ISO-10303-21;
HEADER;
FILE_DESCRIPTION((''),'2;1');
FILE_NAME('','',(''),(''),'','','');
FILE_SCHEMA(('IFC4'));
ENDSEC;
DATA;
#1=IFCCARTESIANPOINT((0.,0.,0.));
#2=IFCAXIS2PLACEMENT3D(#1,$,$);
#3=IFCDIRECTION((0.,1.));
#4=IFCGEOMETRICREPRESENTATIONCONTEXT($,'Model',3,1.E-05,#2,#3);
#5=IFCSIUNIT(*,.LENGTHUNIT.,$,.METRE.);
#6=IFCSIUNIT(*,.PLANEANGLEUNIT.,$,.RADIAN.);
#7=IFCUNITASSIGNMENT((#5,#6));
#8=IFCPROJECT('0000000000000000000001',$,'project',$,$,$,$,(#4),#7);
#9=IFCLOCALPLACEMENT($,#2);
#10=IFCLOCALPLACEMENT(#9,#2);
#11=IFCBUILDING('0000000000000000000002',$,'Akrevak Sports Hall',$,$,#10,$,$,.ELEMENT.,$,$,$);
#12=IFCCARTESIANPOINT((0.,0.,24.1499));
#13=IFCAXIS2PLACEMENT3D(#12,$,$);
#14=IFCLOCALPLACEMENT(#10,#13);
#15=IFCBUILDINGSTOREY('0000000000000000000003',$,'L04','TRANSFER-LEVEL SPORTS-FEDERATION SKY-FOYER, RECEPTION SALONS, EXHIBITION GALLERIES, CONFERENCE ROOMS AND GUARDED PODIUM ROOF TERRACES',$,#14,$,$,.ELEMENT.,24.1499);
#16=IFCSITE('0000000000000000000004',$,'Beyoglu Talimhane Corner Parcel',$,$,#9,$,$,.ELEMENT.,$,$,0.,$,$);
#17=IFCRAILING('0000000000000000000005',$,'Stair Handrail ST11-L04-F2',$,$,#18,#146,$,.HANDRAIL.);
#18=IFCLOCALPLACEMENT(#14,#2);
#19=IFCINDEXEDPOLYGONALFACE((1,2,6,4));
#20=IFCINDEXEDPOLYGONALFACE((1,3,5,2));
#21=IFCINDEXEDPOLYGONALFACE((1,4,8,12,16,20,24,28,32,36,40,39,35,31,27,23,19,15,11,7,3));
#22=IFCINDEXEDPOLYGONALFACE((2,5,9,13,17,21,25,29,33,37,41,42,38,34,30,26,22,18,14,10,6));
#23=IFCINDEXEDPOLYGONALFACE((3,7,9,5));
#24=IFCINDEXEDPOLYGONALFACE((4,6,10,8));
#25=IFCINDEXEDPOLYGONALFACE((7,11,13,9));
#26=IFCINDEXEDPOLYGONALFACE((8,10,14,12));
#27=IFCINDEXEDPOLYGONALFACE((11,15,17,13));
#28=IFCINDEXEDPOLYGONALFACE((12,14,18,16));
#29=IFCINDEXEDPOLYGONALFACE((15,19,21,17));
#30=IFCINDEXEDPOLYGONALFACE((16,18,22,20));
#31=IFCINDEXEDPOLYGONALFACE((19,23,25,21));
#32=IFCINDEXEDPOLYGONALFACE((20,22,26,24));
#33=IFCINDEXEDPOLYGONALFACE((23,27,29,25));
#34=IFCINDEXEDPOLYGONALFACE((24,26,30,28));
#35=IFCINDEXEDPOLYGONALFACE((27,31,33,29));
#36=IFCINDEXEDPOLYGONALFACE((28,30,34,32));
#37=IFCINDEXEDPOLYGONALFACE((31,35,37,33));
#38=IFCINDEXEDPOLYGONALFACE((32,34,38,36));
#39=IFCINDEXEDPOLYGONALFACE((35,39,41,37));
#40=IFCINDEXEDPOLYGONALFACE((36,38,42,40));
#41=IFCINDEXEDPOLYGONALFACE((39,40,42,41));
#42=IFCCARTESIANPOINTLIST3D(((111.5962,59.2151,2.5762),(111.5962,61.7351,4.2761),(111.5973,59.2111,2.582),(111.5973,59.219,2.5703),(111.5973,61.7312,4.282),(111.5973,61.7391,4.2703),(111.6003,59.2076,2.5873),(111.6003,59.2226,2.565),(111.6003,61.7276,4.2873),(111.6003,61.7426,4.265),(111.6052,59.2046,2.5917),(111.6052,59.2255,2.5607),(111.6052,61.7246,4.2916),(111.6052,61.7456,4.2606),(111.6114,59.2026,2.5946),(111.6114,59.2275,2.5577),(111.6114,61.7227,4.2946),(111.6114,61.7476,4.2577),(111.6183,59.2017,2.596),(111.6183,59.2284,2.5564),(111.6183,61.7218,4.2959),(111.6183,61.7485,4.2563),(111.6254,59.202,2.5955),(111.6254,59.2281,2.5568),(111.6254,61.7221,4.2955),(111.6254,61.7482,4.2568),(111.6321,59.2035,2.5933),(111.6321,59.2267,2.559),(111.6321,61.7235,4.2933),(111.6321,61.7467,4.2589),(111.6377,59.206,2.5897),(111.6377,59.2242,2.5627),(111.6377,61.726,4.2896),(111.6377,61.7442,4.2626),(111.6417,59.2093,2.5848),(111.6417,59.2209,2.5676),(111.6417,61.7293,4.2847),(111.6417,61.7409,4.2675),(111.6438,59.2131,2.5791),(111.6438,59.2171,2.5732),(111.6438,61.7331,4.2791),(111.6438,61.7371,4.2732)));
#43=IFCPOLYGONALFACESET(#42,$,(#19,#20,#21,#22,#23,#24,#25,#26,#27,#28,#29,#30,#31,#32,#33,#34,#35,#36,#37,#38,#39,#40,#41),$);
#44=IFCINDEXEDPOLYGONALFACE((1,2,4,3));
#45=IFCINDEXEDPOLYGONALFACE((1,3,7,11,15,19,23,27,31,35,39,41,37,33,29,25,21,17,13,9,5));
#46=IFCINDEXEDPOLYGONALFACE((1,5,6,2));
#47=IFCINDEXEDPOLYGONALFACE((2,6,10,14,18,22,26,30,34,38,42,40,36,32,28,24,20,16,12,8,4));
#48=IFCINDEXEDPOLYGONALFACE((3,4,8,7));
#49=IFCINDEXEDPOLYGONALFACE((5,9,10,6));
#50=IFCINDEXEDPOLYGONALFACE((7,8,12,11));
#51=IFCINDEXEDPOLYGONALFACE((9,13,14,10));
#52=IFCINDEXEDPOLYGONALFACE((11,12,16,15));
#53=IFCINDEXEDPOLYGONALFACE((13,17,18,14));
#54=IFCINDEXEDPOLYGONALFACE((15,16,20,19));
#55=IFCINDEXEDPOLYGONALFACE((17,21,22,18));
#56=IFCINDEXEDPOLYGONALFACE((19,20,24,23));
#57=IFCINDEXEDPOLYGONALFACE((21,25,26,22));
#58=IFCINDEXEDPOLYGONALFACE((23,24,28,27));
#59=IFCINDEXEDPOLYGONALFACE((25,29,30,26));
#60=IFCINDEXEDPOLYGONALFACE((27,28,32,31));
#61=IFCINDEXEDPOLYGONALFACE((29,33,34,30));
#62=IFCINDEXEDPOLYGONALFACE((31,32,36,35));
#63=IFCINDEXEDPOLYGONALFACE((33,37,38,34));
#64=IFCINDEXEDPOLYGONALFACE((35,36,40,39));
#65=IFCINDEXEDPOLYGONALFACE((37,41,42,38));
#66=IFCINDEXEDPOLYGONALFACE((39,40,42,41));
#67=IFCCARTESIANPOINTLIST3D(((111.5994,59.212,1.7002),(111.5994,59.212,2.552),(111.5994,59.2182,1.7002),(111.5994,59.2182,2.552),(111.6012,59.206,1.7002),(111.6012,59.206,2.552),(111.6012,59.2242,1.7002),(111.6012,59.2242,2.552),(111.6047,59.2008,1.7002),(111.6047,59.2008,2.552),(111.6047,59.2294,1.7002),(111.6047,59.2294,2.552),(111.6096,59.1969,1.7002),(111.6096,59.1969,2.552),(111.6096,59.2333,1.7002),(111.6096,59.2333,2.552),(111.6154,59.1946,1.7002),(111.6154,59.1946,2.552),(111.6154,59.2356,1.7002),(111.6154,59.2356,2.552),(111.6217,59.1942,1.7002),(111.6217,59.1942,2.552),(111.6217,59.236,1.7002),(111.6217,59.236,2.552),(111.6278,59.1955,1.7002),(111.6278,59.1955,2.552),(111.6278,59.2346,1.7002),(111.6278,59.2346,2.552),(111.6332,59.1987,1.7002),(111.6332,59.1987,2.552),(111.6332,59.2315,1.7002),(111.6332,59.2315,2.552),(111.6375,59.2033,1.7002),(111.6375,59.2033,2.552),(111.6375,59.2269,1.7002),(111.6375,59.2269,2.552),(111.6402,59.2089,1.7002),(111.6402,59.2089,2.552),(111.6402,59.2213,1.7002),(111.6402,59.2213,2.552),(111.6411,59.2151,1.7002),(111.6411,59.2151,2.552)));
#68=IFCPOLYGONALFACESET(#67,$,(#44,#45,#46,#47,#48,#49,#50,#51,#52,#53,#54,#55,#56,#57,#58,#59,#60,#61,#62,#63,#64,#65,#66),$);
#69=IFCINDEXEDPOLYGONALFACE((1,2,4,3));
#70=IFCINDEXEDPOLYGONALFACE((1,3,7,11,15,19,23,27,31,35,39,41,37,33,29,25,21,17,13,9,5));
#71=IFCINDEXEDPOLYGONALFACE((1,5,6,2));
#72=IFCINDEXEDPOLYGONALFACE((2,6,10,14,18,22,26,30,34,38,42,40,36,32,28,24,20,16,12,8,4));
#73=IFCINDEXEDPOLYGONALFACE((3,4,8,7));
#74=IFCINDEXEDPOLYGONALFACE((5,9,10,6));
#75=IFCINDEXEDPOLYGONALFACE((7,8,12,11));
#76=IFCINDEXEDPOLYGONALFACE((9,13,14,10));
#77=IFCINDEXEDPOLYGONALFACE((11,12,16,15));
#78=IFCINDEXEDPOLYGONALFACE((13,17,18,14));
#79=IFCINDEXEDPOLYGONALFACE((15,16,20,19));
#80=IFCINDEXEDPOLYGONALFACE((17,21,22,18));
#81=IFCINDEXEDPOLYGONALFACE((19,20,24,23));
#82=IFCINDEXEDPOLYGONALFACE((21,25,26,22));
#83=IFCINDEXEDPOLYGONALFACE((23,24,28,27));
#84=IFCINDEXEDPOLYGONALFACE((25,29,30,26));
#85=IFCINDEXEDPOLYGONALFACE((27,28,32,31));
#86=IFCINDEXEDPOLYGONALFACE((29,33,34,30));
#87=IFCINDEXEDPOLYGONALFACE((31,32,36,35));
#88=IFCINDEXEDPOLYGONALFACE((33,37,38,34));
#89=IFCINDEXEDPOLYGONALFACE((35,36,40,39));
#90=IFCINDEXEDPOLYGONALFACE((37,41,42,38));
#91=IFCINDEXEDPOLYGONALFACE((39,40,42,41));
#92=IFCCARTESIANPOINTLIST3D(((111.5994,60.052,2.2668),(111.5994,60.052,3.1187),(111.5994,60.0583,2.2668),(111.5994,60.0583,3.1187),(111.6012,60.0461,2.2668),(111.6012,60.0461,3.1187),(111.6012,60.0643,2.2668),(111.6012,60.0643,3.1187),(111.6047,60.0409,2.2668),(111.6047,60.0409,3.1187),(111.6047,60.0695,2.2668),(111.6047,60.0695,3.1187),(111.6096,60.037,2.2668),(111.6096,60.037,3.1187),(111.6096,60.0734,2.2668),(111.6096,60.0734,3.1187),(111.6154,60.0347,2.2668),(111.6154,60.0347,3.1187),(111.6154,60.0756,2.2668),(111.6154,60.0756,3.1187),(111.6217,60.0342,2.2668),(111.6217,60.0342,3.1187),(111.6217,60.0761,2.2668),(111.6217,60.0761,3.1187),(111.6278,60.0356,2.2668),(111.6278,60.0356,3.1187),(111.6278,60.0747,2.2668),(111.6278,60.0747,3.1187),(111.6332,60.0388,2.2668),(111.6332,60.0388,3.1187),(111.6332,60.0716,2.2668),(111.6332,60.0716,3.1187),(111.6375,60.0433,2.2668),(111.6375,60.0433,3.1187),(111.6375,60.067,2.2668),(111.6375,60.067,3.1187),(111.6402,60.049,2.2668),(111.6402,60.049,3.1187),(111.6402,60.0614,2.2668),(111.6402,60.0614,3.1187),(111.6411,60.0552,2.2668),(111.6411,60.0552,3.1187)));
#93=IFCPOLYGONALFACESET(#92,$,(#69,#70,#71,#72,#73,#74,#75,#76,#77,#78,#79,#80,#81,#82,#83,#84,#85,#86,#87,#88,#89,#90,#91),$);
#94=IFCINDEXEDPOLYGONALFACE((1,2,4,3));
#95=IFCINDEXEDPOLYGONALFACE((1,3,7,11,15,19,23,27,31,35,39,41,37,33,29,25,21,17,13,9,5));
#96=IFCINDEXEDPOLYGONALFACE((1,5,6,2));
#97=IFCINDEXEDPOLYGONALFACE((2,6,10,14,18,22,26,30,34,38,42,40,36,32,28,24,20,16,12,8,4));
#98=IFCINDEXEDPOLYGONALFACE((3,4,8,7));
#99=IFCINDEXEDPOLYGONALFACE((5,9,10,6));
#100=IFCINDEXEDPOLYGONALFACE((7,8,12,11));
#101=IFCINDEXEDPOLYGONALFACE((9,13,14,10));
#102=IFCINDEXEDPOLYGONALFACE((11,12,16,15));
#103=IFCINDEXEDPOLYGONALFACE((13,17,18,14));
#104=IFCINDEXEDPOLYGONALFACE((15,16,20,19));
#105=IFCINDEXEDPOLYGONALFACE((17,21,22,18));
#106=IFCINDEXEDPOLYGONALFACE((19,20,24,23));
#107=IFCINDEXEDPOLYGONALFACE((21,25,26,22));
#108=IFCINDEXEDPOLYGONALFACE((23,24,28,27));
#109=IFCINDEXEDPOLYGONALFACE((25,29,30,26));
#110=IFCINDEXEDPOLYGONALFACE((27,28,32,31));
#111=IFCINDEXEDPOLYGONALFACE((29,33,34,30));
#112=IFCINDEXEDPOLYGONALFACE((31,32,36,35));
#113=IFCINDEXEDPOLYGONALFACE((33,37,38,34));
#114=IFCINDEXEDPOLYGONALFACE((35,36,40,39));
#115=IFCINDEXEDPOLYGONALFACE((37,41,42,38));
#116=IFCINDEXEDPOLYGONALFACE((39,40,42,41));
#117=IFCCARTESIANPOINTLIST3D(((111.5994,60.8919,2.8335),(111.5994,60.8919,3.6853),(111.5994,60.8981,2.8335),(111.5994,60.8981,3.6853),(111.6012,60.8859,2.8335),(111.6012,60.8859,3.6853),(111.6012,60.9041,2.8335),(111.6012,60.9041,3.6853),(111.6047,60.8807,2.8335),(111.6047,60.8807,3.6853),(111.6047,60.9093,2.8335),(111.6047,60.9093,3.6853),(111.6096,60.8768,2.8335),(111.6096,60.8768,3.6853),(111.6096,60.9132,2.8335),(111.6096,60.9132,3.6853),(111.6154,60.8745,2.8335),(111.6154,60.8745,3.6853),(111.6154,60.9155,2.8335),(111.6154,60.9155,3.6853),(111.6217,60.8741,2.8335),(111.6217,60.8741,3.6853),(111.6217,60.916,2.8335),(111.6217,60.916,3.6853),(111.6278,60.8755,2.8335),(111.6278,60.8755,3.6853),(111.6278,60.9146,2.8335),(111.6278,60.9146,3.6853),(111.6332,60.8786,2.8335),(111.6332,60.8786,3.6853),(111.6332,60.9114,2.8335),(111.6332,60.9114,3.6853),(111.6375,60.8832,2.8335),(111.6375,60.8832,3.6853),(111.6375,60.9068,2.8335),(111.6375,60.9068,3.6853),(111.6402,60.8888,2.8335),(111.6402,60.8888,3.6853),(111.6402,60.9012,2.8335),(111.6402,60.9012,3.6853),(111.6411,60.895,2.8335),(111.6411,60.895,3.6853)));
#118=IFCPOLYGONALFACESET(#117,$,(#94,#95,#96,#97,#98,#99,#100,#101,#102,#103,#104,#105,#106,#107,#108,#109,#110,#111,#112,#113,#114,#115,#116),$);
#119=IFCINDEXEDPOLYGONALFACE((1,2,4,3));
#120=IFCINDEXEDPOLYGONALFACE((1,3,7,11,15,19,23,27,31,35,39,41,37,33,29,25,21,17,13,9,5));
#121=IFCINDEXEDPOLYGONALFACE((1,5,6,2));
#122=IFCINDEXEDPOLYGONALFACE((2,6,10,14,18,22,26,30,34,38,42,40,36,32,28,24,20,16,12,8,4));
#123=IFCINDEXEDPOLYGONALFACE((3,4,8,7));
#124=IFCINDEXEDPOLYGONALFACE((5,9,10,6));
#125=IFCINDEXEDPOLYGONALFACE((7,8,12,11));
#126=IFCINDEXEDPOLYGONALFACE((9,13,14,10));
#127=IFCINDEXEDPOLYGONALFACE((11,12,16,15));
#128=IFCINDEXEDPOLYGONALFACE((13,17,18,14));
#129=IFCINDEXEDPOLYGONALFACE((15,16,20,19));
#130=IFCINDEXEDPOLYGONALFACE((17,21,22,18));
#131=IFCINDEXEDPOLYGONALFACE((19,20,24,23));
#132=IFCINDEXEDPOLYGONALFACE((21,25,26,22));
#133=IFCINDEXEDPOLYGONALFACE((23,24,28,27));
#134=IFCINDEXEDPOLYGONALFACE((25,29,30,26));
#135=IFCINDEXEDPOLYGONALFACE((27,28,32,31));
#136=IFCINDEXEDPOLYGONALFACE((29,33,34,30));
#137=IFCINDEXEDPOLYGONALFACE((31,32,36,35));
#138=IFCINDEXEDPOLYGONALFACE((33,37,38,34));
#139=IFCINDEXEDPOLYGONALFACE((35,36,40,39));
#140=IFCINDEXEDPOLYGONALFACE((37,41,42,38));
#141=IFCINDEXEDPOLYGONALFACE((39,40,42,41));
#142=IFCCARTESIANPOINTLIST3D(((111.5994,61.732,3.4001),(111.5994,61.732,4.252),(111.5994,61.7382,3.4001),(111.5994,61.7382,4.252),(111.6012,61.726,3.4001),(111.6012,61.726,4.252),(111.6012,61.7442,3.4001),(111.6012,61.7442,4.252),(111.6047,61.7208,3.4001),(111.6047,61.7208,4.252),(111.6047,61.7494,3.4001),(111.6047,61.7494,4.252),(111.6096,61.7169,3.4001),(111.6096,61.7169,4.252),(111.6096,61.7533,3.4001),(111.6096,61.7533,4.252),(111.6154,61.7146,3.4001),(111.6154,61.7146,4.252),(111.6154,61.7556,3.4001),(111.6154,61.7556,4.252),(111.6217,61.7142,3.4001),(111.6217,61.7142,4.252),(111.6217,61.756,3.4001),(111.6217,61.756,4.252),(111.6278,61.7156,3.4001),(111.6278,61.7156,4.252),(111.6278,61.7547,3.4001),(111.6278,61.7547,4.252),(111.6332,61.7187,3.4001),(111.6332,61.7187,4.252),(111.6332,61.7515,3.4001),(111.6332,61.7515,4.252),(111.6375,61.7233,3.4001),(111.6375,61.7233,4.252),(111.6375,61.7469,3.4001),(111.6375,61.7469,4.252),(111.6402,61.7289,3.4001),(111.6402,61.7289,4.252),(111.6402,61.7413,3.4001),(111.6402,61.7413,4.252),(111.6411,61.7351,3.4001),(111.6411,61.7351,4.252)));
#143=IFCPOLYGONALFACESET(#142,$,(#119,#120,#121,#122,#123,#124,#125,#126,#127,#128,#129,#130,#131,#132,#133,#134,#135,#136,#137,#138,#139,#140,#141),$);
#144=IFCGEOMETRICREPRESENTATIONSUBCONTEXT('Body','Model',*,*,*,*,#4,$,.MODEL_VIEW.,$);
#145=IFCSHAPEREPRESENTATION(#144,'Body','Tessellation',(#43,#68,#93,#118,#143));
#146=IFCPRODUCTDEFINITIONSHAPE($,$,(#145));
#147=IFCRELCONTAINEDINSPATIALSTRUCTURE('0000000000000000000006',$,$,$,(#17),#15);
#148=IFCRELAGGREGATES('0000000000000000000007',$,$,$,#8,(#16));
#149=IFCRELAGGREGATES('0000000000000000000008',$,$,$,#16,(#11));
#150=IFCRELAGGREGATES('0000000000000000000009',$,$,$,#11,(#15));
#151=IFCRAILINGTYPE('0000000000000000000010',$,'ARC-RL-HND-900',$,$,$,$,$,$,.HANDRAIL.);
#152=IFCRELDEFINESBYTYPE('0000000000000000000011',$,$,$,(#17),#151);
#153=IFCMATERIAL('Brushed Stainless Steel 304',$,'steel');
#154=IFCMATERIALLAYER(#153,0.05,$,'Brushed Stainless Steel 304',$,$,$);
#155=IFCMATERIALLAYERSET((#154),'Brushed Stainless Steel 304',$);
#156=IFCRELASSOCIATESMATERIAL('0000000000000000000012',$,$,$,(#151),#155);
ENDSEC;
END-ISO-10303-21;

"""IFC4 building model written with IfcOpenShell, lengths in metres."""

from ifc_helpers import new_model, si_unit, direction, frame, origin, origin_2d, place, context, subcontext, project, spatial, circle, extrude, material, layer, layer_set, type_object, element, save


model = new_model("IFC4")

# Units and contexts
model_context = context("Model", 3, precision=1e-05, world=origin(), true_north=direction((0.0, 1.0)))
body_context = subcontext(model_context, "Body", "Model", "MODEL_VIEW")
ifc_project = project(units=[si_unit("LENGTHUNIT", "METRE"), si_unit("PLANEANGLEUNIT", "RADIAN")], contexts=[model_context])

# Site, building, storey
site_placement = place(None, origin())
site = spatial("IfcSite", under=ifc_project, at=site_placement, Name="Beyoglu Talimhane Corner Parcel", CompositionType="ELEMENT", RefElevation=0.0)
building_placement = place(site_placement, origin())
building = spatial("IfcBuilding", under=site, at=building_placement, Name="Akrevak Sports Hall", CompositionType="ELEMENT")
storey_placement = place(building_placement, frame((0.0, 0.0, 24.1499)))
storey = spatial("IfcBuildingStorey", under=building, at=storey_placement, Name="L04", Description="TRANSFER-LEVEL SPORTS-FEDERATION SKY-FOYER, RECEPTION SALONS, EXHIBITION GALLERIES, CONFERENCE ROOMS AND GUARDED PODIUM ROOF TERRACES", CompositionType="ELEMENT", Elevation=24.1499)

# Railing
ifc_material_1 = material(Name="Brushed Stainless Steel 304", Category="steel")
ifc_layer_1 = layer(ifc_material_1, 0.05, Name="Brushed Stainless Steel 304")
ifc_layer_set_1 = layer_set([ifc_layer_1], Name="Brushed Stainless Steel 304")
railing_type_1 = type_object("IfcRailingType", Name="ARC-RL-HND-900", PredefinedType="HANDRAIL", material=ifc_layer_set_1)
railing_1_placement = place(storey_placement, frame((111.6201, 59.2151, 1.7002)))
element("IfcRailing", 1, at=railing_1_placement, inside=storey, type_object=railing_type_1, Name="Stair Handrail ST11-L04-F2", PredefinedType="HANDRAIL", context=body_context, shape_type="SweptSolid", body=[
    extrude(circle(Radius=0.0239, at=origin_2d()), frame((0.0, 0.0, 0.876), z_axis=(0.0, 0.829011, 0.559233), x_axis=(-1.0, 0.0, 0.0)), (0.0, 0.0, 1.0), 3.0398),
    extrude(circle(Radius=0.021, at=origin_2d()), origin(), (0.0, 0.0, 1.0), 0.8518),
    extrude(circle(Radius=0.021, at=origin_2d()), frame((0.0, 0.8401, 0.5667)), (0.0, 0.0, 1.0), 0.8518),
    extrude(circle(Radius=0.021, at=origin_2d()), frame((0.0, 1.6799, 1.1333)), (0.0, 0.0, 1.0), 0.8518),
    extrude(circle(Radius=0.021, at=origin_2d()), frame((0.0, 2.52, 1.7)), (0.0, 0.0, 1.0), 0.8518),
])

save(model, "model.ifc")
